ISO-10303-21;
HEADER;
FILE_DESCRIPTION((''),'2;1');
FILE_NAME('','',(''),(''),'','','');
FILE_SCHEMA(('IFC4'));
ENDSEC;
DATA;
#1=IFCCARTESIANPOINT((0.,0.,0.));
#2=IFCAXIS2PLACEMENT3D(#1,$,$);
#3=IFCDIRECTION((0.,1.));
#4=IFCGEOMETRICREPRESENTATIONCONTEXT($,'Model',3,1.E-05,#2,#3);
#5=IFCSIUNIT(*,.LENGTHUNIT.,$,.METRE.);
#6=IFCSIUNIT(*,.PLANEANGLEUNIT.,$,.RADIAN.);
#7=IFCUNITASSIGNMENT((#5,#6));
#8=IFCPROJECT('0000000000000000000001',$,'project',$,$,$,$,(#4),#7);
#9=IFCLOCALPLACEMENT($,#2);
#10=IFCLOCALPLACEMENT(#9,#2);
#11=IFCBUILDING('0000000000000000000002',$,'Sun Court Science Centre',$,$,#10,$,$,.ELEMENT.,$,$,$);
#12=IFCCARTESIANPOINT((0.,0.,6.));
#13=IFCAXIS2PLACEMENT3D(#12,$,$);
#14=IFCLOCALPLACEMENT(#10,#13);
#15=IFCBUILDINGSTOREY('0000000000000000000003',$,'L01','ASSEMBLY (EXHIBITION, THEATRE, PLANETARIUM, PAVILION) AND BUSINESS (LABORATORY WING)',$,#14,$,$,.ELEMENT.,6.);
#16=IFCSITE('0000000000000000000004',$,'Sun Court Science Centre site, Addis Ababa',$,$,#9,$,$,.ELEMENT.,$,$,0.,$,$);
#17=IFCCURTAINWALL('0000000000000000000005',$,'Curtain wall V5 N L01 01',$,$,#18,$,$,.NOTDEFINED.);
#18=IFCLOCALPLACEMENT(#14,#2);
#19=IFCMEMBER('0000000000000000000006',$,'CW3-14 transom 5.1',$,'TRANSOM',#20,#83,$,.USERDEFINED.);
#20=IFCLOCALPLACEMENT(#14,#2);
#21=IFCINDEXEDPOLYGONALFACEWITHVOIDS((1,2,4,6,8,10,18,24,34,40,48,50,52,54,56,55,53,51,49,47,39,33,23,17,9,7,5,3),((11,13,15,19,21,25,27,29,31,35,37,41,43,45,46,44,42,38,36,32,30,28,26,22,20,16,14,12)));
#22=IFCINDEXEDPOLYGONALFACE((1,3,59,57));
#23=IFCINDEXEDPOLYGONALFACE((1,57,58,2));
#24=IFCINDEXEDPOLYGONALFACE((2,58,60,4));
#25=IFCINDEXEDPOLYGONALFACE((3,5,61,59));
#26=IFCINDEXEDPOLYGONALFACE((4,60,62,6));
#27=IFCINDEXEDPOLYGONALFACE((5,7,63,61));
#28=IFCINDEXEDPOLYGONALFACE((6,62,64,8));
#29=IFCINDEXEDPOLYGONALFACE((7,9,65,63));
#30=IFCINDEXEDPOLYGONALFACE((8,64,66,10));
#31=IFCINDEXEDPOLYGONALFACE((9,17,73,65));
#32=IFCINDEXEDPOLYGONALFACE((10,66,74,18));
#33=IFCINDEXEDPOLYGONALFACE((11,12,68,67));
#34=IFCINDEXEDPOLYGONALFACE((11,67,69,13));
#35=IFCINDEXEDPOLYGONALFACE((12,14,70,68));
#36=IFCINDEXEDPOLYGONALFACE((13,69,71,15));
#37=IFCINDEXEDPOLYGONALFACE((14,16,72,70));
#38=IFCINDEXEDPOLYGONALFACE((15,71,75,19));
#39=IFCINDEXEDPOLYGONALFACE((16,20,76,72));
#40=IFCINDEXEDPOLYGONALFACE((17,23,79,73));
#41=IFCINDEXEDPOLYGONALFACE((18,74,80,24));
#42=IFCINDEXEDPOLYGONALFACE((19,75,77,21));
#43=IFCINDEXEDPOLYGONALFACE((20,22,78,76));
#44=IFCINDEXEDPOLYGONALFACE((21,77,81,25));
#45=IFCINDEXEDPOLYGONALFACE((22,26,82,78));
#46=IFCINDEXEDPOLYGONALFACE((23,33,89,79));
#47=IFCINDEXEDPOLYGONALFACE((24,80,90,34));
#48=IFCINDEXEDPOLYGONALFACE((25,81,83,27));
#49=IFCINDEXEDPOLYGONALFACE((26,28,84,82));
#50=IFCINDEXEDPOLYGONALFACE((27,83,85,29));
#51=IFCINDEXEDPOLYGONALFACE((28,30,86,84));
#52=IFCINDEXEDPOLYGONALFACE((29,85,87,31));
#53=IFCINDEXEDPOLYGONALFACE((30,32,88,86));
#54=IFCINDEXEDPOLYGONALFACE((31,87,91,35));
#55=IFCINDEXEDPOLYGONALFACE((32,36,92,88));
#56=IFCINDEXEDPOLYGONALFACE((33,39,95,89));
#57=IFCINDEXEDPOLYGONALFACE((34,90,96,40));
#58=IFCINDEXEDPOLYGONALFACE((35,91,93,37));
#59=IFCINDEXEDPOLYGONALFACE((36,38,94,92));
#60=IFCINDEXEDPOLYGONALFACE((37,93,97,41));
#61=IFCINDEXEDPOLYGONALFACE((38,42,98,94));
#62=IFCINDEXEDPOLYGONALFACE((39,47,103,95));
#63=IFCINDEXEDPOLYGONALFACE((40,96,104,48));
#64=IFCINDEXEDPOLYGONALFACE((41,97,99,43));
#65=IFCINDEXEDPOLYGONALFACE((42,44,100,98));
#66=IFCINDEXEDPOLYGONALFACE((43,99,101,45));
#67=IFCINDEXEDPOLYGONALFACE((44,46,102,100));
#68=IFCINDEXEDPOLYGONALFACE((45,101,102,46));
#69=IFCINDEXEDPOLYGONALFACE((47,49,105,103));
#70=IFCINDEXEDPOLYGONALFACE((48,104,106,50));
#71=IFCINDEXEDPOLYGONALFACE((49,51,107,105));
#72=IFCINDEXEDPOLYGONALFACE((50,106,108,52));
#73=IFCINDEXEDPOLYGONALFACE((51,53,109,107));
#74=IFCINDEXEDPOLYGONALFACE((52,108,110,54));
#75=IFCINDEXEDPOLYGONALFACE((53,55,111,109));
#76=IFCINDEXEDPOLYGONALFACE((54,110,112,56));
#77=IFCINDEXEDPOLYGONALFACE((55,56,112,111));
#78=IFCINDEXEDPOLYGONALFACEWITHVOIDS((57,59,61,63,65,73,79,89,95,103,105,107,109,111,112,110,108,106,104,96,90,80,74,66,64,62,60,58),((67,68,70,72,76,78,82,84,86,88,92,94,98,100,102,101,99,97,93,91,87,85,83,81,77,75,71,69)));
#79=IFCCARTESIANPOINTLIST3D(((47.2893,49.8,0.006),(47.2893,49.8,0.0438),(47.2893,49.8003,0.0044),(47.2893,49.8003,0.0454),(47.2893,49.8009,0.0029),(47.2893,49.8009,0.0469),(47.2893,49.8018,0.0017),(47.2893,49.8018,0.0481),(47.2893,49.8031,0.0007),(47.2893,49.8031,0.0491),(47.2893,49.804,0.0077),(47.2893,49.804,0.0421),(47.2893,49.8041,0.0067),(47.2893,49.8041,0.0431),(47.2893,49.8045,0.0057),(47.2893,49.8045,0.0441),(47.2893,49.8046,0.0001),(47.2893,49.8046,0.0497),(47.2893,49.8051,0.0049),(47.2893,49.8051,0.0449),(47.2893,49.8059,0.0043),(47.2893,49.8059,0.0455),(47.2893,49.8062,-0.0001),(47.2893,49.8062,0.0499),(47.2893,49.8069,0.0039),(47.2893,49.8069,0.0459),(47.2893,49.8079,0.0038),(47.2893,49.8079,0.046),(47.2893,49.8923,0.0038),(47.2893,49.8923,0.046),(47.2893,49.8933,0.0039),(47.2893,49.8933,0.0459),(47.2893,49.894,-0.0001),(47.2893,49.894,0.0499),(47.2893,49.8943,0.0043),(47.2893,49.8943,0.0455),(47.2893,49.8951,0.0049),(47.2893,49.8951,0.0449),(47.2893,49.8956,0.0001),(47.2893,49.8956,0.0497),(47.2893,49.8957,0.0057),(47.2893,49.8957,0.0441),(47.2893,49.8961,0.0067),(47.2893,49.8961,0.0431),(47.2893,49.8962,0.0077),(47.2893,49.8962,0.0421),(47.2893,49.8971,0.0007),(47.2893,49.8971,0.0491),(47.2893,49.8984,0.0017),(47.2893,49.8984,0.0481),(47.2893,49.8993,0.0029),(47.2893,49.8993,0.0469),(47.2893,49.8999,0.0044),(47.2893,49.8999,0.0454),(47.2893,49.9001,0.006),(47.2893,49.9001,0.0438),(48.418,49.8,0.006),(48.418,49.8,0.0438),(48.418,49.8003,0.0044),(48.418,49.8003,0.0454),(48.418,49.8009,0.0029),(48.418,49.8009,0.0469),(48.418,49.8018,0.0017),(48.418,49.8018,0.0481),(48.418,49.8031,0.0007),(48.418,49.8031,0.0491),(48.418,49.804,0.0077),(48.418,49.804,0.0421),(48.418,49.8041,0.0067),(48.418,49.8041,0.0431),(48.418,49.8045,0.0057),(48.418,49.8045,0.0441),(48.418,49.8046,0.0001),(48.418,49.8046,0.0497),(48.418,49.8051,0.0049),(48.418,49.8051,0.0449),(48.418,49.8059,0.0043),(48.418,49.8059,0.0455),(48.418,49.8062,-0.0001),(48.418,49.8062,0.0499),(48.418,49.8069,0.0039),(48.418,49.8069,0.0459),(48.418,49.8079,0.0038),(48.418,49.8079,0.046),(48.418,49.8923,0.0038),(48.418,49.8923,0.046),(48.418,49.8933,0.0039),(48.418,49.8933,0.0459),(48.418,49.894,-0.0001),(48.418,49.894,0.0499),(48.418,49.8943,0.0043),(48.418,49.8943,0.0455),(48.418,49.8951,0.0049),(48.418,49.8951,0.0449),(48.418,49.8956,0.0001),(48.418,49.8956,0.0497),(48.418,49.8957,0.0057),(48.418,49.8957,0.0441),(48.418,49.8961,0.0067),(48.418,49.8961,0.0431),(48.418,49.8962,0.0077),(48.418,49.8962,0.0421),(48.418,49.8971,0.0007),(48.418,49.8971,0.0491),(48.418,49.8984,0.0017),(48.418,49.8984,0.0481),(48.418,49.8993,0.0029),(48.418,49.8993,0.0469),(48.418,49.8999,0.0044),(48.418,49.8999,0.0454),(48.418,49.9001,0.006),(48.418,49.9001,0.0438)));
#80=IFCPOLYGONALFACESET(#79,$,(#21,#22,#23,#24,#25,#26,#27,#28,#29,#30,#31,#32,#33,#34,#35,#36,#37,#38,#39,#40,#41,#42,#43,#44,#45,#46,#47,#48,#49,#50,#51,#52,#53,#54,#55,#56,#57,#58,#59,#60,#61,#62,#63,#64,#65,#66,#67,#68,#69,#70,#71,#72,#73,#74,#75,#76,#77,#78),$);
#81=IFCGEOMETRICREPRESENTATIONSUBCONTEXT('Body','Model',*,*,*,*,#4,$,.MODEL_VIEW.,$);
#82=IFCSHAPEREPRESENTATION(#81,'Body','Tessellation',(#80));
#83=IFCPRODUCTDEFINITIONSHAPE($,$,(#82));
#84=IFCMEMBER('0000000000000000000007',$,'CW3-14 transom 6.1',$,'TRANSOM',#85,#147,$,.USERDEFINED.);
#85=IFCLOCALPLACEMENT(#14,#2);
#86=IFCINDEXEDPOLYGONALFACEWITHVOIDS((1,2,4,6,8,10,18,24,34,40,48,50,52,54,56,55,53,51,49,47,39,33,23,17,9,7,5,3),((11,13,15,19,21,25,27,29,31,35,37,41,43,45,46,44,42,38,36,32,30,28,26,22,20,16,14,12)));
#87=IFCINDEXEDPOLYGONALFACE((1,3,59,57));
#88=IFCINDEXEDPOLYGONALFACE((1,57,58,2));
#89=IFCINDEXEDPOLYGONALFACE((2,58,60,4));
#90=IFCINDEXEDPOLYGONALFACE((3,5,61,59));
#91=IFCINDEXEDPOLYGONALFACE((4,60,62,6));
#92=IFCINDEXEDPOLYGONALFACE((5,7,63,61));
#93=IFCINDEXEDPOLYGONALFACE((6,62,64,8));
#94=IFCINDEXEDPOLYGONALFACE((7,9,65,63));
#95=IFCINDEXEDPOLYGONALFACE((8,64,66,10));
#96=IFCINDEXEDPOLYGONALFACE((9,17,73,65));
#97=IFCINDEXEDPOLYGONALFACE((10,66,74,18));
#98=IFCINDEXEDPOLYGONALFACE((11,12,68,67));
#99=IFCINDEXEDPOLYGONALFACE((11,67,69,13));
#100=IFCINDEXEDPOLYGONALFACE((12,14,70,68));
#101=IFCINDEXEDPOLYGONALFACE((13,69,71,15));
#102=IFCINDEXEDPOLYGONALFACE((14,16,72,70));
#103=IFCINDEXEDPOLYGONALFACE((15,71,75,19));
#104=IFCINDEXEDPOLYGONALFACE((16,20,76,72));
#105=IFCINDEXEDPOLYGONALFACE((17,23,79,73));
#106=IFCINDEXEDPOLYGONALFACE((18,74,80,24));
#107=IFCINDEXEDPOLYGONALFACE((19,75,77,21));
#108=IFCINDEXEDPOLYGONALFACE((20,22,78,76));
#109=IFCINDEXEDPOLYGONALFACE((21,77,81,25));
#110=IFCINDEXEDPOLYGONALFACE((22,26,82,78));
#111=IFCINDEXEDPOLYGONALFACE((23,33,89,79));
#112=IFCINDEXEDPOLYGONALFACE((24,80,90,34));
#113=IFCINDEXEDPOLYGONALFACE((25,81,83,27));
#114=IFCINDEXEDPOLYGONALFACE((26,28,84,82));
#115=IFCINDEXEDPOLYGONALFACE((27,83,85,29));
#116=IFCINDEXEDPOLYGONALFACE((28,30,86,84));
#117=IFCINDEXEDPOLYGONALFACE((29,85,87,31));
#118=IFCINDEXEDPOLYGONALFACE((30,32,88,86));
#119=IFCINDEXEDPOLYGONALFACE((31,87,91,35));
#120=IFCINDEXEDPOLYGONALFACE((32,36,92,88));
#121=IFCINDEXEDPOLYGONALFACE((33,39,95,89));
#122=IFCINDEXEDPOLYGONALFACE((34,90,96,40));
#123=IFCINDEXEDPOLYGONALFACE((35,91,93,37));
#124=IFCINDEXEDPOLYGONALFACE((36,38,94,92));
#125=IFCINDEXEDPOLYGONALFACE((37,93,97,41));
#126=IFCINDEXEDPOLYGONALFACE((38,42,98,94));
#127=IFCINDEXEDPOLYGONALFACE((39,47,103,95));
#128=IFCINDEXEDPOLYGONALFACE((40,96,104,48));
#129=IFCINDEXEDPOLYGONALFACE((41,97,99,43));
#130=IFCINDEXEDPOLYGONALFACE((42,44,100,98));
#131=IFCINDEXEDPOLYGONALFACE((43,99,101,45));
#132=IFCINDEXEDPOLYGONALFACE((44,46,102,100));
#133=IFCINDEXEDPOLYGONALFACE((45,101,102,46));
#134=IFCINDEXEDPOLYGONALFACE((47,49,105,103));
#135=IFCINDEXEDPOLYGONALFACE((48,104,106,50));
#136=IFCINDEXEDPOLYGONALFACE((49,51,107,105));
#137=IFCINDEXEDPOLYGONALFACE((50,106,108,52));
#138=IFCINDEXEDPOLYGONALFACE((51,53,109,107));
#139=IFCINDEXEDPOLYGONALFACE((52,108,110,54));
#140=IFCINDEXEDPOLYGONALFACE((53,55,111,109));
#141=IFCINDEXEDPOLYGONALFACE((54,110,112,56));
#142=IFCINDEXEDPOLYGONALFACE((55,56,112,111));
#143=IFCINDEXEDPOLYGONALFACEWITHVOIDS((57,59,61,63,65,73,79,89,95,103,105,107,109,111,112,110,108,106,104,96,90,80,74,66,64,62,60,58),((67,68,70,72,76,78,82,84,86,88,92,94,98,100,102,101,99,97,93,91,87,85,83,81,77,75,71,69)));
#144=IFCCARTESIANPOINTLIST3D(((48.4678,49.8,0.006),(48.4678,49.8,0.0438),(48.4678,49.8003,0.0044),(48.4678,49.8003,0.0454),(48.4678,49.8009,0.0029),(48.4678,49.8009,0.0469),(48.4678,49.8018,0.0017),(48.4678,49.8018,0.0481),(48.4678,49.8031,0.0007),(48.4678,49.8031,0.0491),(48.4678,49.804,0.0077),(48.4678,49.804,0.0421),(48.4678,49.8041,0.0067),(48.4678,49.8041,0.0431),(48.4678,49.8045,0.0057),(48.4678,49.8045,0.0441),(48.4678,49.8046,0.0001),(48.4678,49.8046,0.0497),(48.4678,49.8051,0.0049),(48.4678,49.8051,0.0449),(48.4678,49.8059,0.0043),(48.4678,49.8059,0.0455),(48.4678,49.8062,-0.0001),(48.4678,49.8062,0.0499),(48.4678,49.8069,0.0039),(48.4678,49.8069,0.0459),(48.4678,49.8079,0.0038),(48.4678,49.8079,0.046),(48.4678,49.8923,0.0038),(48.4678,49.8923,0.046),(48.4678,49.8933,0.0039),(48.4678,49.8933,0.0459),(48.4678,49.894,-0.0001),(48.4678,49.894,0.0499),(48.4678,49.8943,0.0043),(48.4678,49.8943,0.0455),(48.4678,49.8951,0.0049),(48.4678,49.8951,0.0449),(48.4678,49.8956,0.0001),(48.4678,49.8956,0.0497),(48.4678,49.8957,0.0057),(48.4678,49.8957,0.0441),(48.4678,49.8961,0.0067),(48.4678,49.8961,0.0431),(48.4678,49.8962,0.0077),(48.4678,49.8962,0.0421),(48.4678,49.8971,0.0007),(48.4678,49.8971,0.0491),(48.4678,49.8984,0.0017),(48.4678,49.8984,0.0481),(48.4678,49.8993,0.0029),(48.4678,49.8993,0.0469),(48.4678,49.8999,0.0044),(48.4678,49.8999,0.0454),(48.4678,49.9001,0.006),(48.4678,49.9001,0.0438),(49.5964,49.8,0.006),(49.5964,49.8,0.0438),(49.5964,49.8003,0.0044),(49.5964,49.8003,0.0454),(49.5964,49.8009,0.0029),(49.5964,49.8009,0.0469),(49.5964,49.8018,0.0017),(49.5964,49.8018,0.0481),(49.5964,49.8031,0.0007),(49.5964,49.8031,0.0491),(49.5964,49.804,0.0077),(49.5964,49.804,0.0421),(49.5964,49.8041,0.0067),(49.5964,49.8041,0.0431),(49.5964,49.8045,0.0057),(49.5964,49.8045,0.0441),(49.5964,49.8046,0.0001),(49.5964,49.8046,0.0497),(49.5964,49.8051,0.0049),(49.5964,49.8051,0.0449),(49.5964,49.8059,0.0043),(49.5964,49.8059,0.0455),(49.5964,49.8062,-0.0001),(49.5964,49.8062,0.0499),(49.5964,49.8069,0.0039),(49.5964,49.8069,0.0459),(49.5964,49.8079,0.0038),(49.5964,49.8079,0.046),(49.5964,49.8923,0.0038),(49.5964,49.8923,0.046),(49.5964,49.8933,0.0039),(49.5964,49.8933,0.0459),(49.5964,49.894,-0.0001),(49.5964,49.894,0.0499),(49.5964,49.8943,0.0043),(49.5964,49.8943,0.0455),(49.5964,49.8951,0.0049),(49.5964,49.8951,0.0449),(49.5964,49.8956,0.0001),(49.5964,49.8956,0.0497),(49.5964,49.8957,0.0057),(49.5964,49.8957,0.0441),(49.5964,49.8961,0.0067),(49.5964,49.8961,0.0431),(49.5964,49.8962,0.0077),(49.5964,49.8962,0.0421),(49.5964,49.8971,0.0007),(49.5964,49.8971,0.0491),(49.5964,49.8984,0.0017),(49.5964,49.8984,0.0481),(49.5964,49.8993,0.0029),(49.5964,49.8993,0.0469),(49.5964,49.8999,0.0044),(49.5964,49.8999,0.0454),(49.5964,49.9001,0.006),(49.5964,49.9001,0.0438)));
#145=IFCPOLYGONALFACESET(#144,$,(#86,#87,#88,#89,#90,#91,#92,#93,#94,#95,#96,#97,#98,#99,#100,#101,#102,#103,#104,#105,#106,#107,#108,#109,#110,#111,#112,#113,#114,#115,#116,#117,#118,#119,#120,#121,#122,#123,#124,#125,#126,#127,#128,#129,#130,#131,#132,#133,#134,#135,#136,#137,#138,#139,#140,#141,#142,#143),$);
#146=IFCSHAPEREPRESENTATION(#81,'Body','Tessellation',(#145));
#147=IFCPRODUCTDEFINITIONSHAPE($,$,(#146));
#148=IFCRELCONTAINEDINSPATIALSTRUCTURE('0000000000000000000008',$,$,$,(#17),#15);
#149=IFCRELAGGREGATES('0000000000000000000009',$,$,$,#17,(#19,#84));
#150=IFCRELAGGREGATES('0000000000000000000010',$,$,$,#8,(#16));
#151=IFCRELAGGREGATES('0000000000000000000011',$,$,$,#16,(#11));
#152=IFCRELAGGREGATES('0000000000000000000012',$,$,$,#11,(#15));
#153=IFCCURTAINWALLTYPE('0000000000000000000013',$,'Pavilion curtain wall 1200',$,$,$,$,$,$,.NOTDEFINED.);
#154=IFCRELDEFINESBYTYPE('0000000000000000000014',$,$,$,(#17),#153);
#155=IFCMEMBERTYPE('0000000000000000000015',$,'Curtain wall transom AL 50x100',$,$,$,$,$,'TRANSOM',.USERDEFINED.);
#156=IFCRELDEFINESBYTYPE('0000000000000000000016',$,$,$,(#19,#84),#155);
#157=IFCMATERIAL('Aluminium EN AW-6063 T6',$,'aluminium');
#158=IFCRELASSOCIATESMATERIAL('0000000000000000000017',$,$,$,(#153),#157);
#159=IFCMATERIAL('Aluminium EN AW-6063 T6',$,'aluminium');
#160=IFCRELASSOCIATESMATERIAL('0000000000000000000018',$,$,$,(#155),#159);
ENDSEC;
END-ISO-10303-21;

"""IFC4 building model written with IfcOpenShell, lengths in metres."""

from ifc_helpers import new_model, si_unit, direction, frame, origin, origin_2d, place, context, subcontext, project, spatial, hollow_rectangle, extrude, material, material_profile, profile_set, type_object, element, aggregate, save


model = new_model("IFC4")

# Units and contexts
model_context = context("Model", 3, precision=1e-05, world=origin(), true_north=direction((0.0, 1.0)))
body_context = subcontext(model_context, "Body", "Model", "MODEL_VIEW")
ifc_project = project(units=[si_unit("LENGTHUNIT", "METRE"), si_unit("PLANEANGLEUNIT", "RADIAN")], contexts=[model_context])

# Site, building, storey
site_placement = place(None, origin())
site = spatial("IfcSite", under=ifc_project, at=site_placement, Name="Sun Court Science Centre site, Addis Ababa", CompositionType="ELEMENT", RefElevation=0.0)
building_placement = place(site_placement, origin())
building = spatial("IfcBuilding", under=site, at=building_placement, Name="Sun Court Science Centre", CompositionType="ELEMENT")
storey_placement = place(building_placement, frame((0.0, 0.0, 6.0)))
storey = spatial("IfcBuildingStorey", under=building, at=storey_placement, Name="L01", Description="ASSEMBLY (EXHIBITION, THEATRE, PLANETARIUM, PAVILION) AND BUSINESS (LABORATORY WING)", CompositionType="ELEMENT", Elevation=6.0)

# Curtain wall, members
ifc_material_1 = material(Name="Aluminium EN AW-6063 T6", Category="aluminium")
curtain_wall_type = type_object("IfcCurtainWallType", Name="Pavilion curtain wall 1200", PredefinedType="NOTDEFINED", material=ifc_material_1)
curtain_wall_placement = place(storey_placement, origin())
curtain_wall = element("IfcCurtainWall", 1, at=curtain_wall_placement, inside=storey, type_object=curtain_wall_type, Name="Curtain wall V5 N L01 01", PredefinedType="NOTDEFINED")
ifc_material_2 = material(Name="Aluminium EN AW-6063 T6", Category="aluminium")
ifc_material_profile_1 = material_profile(ifc_material_2, hollow_rectangle(XDim=0.05, YDim=0.1001, WallThickness=0.0039, InnerFilletRadius=0.0039, OuterFilletRadius=0.0061, at=origin_2d()), Name="AL 50x100x4")
ifc_profile_set_1 = profile_set([ifc_material_profile_1], Name="Aluminium EN AW-6063 T6")
member_type_1 = type_object("IfcMemberType", Name="Curtain wall transom AL 50x100", ElementType="TRANSOM", PredefinedType="USERDEFINED", material=ifc_profile_set_1)
member_1_placement = place(storey_placement, frame((47.2893, 49.8501, 0.0249), z_axis=(1.0, 0.0, 0.0), x_axis=(0.0, 0.0, 1.0)))
member_1 = element("IfcMember", 2, at=member_1_placement, type_object=member_type_1, Name="CW3-14 transom 5.1", ObjectType="TRANSOM", PredefinedType="USERDEFINED", context=body_context, shape_type="SweptSolid", body=[
    extrude(hollow_rectangle(XDim=0.05, YDim=0.1001, WallThickness=0.0039, InnerFilletRadius=0.0039, OuterFilletRadius=0.0061, at=origin_2d()), origin(), (0.0, 0.0, 1.0), 1.1287),
])
member_2_placement = place(storey_placement, frame((48.4678, 49.8501, 0.0249), z_axis=(1.0, 0.0, 0.0), x_axis=(0.0, 0.0, 1.0)))
member_2 = element("IfcMember", 3, at=member_2_placement, type_object=member_type_1, Name="CW3-14 transom 6.1", ObjectType="TRANSOM", PredefinedType="USERDEFINED", context=body_context, shape_type="SweptSolid", body=[
    extrude(hollow_rectangle(XDim=0.05, YDim=0.1001, WallThickness=0.0039, InnerFilletRadius=0.0039, OuterFilletRadius=0.0061, at=origin_2d()), origin(), (0.0, 0.0, 1.0), 1.1287),
])
aggregate(curtain_wall, [member_1, member_2])

save(model, "model.ifc")
